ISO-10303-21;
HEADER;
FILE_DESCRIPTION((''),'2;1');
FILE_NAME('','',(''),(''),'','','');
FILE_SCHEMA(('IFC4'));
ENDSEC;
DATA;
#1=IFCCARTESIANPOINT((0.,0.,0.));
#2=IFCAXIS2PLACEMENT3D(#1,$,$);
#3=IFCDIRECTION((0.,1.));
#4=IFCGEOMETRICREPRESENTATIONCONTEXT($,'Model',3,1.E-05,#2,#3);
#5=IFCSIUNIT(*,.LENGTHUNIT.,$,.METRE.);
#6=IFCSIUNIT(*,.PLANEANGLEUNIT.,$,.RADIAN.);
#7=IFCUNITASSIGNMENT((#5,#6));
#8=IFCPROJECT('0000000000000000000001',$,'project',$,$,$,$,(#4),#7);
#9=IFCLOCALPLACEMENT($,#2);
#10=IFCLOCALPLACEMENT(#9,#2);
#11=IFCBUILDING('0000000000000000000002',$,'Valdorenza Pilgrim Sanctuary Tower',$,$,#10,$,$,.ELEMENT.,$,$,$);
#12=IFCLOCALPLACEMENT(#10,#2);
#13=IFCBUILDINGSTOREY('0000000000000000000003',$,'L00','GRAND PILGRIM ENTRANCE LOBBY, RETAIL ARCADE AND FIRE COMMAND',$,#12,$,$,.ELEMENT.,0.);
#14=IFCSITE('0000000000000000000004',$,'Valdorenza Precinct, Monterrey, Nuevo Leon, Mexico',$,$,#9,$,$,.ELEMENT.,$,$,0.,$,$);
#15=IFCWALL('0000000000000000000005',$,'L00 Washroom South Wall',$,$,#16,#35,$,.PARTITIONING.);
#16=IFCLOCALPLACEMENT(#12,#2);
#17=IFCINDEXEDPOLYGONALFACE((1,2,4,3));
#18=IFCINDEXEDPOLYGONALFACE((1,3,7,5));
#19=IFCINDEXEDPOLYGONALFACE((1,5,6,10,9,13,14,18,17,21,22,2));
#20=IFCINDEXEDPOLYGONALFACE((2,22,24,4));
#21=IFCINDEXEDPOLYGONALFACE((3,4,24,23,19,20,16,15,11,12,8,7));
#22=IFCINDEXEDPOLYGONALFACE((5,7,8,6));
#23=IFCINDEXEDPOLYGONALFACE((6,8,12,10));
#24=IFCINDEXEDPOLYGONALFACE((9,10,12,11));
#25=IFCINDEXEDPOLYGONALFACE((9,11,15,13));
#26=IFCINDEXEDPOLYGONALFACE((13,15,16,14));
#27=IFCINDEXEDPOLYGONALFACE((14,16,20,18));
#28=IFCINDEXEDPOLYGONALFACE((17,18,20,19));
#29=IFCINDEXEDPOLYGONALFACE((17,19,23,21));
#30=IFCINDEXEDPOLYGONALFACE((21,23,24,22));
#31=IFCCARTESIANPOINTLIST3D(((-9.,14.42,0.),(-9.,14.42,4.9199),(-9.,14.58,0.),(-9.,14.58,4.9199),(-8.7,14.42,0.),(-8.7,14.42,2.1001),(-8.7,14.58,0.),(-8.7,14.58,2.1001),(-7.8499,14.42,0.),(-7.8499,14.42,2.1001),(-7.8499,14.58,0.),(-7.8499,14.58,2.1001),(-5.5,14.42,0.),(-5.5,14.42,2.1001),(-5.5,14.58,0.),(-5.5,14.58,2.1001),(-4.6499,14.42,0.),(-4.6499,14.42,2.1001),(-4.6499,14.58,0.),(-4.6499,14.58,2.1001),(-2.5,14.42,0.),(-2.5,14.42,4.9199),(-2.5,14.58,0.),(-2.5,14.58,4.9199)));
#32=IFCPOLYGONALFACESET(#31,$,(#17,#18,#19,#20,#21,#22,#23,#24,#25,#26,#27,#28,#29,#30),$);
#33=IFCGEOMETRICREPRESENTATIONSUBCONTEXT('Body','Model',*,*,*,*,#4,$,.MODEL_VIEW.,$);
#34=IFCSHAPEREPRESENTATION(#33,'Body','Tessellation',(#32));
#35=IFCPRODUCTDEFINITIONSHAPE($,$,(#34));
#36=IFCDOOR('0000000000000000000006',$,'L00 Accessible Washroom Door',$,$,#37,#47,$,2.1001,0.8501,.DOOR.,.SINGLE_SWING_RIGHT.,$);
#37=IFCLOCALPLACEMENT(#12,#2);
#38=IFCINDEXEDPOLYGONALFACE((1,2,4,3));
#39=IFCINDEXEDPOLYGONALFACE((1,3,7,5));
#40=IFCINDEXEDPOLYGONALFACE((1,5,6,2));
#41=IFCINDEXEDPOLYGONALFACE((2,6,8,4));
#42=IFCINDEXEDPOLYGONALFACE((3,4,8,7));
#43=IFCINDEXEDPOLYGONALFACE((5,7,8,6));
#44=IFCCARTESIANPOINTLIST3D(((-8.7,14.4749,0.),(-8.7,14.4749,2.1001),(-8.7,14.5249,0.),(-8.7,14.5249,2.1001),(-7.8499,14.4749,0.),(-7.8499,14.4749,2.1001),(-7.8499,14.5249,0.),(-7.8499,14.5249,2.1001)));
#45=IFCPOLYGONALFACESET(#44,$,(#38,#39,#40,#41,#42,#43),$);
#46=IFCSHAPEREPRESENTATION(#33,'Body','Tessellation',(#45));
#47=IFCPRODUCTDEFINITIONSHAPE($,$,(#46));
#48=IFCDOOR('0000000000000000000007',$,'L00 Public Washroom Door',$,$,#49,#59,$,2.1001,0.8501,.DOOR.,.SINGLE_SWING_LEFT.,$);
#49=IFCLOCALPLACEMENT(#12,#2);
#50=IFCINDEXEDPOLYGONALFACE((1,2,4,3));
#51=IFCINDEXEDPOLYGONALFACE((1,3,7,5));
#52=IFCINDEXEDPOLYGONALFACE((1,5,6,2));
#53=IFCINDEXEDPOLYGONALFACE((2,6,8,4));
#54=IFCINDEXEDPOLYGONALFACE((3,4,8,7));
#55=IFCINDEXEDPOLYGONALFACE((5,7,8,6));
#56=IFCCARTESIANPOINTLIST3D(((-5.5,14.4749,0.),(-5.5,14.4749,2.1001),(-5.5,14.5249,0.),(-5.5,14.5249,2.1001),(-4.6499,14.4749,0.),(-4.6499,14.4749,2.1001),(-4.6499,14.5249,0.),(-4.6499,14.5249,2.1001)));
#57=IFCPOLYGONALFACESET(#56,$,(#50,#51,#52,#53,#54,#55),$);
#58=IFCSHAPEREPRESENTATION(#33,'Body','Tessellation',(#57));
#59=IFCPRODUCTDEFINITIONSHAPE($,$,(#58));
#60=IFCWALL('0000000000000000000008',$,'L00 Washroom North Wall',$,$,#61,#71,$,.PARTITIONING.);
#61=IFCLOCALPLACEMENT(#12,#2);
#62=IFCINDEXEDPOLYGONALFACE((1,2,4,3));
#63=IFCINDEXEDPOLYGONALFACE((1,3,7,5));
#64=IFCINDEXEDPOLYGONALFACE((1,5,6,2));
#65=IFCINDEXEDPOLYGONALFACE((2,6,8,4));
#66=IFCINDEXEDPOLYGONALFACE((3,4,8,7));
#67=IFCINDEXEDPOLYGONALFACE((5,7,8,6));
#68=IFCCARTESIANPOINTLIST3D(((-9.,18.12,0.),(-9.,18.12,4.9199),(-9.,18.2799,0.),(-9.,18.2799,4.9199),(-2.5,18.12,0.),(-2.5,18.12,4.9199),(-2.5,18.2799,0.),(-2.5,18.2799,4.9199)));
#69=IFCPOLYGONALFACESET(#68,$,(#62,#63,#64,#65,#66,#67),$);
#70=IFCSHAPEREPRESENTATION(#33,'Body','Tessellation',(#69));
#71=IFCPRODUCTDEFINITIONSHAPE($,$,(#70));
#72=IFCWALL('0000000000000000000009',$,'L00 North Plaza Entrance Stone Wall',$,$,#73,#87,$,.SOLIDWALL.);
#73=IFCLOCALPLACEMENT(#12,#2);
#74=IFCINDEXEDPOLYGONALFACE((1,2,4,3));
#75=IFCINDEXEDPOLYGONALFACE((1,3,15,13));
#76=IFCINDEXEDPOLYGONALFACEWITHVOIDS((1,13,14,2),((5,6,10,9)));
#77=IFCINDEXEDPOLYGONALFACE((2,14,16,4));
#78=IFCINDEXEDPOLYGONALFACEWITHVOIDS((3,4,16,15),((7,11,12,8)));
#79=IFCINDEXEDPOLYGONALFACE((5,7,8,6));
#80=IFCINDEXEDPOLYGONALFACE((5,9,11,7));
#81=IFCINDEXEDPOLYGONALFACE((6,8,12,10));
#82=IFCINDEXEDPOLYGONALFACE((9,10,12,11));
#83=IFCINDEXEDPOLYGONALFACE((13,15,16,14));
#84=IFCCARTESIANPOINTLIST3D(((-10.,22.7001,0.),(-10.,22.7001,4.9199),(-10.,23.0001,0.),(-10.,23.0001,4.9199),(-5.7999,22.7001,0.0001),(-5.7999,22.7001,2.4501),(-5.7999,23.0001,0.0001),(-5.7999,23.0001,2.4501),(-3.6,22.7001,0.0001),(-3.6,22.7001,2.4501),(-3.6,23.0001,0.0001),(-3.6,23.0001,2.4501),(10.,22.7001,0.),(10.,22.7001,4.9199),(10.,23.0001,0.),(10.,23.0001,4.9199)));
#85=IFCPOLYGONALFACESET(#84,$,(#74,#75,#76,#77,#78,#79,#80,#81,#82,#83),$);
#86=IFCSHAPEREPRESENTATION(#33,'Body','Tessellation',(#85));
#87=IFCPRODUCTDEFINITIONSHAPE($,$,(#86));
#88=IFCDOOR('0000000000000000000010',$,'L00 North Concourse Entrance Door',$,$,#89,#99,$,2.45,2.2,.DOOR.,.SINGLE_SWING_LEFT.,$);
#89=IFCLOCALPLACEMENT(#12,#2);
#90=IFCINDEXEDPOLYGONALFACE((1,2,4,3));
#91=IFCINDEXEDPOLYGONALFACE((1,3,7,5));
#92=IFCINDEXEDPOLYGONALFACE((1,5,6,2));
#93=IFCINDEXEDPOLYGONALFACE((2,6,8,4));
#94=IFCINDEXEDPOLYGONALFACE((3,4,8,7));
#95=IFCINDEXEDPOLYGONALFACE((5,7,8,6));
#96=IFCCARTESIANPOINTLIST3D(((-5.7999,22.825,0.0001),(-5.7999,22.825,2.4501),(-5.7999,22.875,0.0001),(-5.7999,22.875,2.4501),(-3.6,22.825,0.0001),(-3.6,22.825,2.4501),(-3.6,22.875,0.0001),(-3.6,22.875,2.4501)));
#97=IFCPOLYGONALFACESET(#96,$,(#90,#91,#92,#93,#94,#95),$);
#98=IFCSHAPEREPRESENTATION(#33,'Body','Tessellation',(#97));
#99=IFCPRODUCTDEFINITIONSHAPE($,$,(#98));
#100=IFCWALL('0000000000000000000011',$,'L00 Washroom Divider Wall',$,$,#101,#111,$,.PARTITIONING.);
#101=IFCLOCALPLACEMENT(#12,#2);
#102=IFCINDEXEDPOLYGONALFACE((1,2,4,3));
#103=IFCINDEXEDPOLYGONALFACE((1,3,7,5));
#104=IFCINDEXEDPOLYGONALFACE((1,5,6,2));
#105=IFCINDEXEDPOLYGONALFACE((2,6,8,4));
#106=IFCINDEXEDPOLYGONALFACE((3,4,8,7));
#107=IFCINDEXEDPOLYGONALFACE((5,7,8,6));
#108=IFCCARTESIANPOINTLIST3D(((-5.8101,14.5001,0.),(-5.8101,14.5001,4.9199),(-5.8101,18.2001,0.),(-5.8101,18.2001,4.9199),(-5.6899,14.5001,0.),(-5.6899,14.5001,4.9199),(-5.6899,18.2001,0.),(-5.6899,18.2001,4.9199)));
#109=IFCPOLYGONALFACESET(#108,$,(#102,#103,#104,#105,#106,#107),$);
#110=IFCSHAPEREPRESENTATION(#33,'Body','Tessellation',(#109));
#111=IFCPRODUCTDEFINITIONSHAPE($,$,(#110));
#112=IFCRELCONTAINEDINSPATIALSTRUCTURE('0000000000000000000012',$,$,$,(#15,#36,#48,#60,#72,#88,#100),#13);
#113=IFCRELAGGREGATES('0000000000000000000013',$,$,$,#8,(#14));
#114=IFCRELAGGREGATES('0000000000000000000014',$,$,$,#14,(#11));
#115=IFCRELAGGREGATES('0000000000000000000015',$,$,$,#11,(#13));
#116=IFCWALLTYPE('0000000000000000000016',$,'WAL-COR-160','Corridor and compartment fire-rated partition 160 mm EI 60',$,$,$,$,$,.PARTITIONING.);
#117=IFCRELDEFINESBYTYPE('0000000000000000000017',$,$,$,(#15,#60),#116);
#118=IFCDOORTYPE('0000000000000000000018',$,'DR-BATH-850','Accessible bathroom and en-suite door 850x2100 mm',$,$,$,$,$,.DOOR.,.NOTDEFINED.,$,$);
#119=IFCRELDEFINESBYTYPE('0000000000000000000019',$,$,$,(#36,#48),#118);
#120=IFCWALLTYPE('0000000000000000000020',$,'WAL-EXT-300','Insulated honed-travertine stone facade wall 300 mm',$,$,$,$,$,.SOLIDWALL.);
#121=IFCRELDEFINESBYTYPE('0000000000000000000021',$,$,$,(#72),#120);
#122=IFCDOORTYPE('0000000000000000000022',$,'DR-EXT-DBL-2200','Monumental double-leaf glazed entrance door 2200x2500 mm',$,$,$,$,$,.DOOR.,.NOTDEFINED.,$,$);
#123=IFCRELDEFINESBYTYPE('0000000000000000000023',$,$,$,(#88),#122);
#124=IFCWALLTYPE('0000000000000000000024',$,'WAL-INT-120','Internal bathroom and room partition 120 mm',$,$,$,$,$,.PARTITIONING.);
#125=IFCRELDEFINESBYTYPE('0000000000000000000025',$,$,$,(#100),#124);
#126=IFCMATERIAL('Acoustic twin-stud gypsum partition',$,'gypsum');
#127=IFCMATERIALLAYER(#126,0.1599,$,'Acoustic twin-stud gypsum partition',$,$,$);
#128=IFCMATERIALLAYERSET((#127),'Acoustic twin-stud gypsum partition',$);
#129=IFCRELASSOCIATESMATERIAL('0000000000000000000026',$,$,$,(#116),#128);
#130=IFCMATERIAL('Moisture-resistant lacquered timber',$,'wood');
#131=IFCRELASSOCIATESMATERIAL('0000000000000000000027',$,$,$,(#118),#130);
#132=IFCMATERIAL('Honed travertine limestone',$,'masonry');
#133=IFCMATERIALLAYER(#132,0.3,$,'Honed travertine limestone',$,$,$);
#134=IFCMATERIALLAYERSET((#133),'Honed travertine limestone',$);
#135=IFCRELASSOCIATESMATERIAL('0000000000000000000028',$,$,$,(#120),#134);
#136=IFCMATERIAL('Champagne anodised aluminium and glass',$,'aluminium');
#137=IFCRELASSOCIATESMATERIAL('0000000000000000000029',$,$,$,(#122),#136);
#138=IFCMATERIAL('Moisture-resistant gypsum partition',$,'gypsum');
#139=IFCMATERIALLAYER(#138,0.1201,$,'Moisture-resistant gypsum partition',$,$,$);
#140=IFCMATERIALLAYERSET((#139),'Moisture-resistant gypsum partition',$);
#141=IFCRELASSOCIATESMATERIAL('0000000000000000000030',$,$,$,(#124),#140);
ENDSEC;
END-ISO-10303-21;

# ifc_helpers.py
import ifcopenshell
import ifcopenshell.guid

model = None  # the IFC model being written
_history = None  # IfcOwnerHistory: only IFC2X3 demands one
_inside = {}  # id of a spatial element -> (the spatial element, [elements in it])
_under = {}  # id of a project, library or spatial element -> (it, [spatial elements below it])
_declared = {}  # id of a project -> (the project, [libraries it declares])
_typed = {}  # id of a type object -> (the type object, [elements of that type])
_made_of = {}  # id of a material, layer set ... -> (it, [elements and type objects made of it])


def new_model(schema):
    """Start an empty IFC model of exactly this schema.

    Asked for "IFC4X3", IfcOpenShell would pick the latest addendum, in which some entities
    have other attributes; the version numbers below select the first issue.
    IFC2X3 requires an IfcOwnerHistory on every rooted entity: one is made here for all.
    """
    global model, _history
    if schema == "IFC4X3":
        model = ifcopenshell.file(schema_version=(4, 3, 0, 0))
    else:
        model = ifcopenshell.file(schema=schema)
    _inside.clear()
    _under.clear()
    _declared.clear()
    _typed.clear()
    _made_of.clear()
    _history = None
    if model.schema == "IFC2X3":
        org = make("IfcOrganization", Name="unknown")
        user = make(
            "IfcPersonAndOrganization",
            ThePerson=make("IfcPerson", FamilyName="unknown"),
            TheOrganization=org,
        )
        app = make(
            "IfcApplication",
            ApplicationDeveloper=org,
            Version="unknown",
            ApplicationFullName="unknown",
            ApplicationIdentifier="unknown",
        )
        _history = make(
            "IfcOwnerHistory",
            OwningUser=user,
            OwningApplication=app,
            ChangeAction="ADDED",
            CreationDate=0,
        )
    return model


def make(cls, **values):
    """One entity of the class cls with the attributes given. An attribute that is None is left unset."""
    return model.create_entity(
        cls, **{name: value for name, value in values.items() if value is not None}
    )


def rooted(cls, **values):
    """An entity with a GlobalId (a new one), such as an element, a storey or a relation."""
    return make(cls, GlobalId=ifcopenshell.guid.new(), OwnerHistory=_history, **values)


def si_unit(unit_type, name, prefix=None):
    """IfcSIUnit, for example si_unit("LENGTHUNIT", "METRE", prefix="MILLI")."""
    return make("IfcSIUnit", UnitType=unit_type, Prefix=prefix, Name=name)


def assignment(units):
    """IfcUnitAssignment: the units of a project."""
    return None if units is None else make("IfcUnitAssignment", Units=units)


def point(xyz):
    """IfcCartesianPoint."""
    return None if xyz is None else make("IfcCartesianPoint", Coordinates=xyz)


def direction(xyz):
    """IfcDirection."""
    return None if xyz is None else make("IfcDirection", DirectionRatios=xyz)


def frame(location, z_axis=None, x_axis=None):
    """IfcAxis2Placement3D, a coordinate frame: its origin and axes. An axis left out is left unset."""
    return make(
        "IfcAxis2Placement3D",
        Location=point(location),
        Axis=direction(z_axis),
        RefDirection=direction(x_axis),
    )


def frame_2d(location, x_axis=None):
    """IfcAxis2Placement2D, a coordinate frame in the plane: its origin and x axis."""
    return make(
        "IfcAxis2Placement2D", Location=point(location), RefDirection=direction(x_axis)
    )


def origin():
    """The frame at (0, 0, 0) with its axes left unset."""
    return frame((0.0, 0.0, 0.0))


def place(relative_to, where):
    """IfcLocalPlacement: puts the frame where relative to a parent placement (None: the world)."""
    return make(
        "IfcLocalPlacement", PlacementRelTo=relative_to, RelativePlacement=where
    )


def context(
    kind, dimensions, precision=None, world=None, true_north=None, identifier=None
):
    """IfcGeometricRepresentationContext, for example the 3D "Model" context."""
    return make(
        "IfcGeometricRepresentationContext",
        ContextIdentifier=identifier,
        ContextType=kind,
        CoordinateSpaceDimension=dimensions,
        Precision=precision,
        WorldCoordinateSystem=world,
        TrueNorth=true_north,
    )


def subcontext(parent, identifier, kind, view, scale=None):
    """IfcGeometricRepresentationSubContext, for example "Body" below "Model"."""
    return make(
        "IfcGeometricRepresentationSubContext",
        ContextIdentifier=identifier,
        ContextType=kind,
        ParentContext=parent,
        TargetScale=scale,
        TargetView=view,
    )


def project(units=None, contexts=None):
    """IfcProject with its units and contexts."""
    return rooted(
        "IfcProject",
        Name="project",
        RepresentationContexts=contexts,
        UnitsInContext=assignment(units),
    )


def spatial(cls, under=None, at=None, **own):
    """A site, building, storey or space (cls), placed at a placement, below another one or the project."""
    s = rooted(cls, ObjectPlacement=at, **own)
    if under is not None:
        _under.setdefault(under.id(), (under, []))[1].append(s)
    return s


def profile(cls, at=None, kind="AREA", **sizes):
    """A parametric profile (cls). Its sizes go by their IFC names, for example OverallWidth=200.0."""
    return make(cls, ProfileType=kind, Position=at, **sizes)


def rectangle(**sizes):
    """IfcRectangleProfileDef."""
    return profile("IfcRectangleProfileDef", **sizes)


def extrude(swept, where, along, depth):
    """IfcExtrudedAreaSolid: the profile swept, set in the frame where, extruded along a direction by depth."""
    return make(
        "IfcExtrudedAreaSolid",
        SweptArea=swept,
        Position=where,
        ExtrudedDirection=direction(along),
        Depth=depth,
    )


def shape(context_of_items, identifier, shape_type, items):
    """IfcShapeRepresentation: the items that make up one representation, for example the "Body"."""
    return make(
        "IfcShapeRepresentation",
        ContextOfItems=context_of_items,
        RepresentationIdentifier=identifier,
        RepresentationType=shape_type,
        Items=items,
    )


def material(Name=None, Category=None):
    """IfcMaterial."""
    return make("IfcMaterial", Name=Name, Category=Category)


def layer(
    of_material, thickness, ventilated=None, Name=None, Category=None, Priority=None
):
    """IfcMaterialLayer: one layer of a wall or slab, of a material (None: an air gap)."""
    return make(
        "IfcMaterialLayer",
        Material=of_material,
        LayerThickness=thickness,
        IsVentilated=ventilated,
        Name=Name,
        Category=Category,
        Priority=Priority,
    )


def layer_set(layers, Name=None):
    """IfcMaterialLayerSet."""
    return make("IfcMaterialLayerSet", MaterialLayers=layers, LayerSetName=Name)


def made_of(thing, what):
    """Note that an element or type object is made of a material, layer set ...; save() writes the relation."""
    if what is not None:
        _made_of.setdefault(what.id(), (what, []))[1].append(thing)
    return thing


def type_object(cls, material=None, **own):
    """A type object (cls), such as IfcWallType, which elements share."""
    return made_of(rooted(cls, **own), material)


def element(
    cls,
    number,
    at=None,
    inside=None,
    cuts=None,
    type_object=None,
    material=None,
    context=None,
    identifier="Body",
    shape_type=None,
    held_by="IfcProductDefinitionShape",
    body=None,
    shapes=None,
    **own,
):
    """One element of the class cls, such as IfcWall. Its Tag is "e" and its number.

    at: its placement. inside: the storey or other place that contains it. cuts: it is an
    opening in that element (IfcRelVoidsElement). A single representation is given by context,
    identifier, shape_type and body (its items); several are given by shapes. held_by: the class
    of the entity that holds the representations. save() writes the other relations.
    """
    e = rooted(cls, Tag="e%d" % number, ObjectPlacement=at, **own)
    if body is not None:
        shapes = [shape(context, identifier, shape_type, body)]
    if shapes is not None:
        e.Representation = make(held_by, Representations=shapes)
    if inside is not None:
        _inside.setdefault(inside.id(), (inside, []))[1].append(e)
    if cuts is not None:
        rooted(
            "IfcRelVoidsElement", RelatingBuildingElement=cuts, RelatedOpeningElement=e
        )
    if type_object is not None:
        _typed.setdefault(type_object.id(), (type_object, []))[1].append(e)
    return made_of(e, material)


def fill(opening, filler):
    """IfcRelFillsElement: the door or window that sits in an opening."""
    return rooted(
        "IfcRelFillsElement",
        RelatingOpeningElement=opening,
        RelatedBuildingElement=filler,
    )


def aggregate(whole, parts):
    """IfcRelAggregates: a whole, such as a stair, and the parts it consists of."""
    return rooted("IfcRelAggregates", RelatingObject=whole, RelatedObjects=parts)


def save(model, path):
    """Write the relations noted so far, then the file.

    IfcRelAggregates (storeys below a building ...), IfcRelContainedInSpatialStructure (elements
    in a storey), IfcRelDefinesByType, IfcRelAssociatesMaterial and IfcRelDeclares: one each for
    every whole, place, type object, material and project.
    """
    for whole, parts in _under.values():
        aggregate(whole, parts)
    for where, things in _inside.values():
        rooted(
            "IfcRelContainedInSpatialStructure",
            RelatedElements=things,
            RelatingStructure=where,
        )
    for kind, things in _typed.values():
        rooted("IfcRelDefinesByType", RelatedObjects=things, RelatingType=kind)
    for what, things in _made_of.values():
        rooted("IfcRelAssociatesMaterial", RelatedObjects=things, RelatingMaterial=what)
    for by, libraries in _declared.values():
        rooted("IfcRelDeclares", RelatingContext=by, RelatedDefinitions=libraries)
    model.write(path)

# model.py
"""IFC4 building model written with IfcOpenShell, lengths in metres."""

from ifc_helpers import new_model, si_unit, direction, frame, frame_2d, origin, place, context, subcontext, project, spatial, rectangle, extrude, material, layer, layer_set, type_object, element, fill, save


model = new_model("IFC4")

# Units and contexts
model_context = context("Model", 3, precision=1e-05, world=origin(), true_north=direction((0.0, 1.0)))
body_context = subcontext(model_context, "Body", "Model", "MODEL_VIEW")
ifc_project = project(units=[si_unit("LENGTHUNIT", "METRE"), si_unit("PLANEANGLEUNIT", "RADIAN")], contexts=[model_context])

# Site, building, storey
site_placement = place(None, origin())
site = spatial("IfcSite", under=ifc_project, at=site_placement, Name="Valdorenza Precinct, Monterrey, Nuevo Leon, Mexico", CompositionType="ELEMENT", RefElevation=0.0)
building_placement = place(site_placement, origin())
building = spatial("IfcBuilding", under=site, at=building_placement, Name="Valdorenza Pilgrim Sanctuary Tower", CompositionType="ELEMENT")
storey_placement = place(building_placement, origin())
storey = spatial("IfcBuildingStorey", under=building, at=storey_placement, Name="L00", Description="GRAND PILGRIM ENTRANCE LOBBY, RETAIL ARCADE AND FIRE COMMAND", CompositionType="ELEMENT", Elevation=0.0)

# Shared definitions
ifc_material_1 = material(Name="Acoustic twin-stud gypsum partition", Category="gypsum")
ifc_layer_1 = layer(ifc_material_1, 0.1599, Name="Acoustic twin-stud gypsum partition")
ifc_layer_set_1 = layer_set([ifc_layer_1], Name="Acoustic twin-stud gypsum partition")
wall_type_1 = type_object("IfcWallType", Name="WAL-COR-160", Description="Corridor and compartment fire-rated partition 160 mm EI 60", PredefinedType="PARTITIONING", material=ifc_layer_set_1)

# Wall, openings, doors
wall_1_placement = place(storey_placement, frame((-9.0, 14.5, 0.0), z_axis=(0.0, 0.0, 1.0), x_axis=(1.0, 0.0, 0.0)))
wall_1 = element("IfcWall", 1, at=wall_1_placement, inside=storey, type_object=wall_type_1, Name="L00 Washroom South Wall", PredefinedType="PARTITIONING", context=body_context, shape_type="SweptSolid", body=[
    extrude(rectangle(XDim=6.5, YDim=0.1599, at=frame_2d((3.25, 0.0))), origin(), (0.0, 0.0, 1.0), 4.9199),
])
opening_1_placement = place(wall_1_placement, frame((0.3, 0.0, 0.0)))
opening_1 = element("IfcOpeningElement", 2, at=opening_1_placement, cuts=wall_1, PredefinedType="OPENING", context=body_context, shape_type="SweptSolid", body=[
    extrude(rectangle(XDim=0.8501, YDim=2.1001, at=frame_2d((0.425, 1.05))), frame((0.0, 0.0947, 0.0), z_axis=(0.0, -1.0, 0.0), x_axis=(1.0, 0.0, 0.0)), (0.0, 0.0, 1.0), 0.1897),
])
opening_2_placement = place(wall_1_placement, frame((3.5, 0.0, 0.0)))
opening_2 = element("IfcOpeningElement", 3, at=opening_2_placement, cuts=wall_1, PredefinedType="OPENING", context=body_context, shape_type="SweptSolid", body=[
    extrude(rectangle(XDim=0.8501, YDim=2.1001, at=frame_2d((0.425, 1.05))), frame((0.0, 0.0947, 0.0), z_axis=(0.0, -1.0, 0.0), x_axis=(1.0, 0.0, 0.0)), (0.0, 0.0, 1.0), 0.1897),
])
ifc_material_2 = material(Name="Moisture-resistant lacquered timber", Category="wood")
door_type_1 = type_object("IfcDoorType", Name="DR-BATH-850", Description="Accessible bathroom and en-suite door 850x2100 mm", OperationType="NOTDEFINED", PredefinedType="DOOR", material=ifc_material_2)
door_1_placement = place(opening_1_placement, origin())
door_1 = element("IfcDoor", 4, at=door_1_placement, inside=storey, type_object=door_type_1, Name="L00 Accessible Washroom Door", OperationType="SINGLE_SWING_RIGHT", OverallHeight=2.1001, OverallWidth=0.8501, PredefinedType="DOOR", context=body_context, shape_type="SweptSolid", body=[
    extrude(rectangle(XDim=0.8501, YDim=2.1001, at=frame_2d((0.425, 1.05))), frame((0.0, 0.0249, 0.0), z_axis=(0.0, -1.0, 0.0), x_axis=(1.0, 0.0, 0.0)), (0.0, 0.0, 1.0), 0.05),
])
fill(opening_1, door_1)
door_2_placement = place(opening_2_placement, origin())
door_2 = element("IfcDoor", 5, at=door_2_placement, inside=storey, type_object=door_type_1, Name="L00 Public Washroom Door", OperationType="SINGLE_SWING_LEFT", OverallHeight=2.1001, OverallWidth=0.8501, PredefinedType="DOOR", context=body_context, shape_type="SweptSolid", body=[
    extrude(rectangle(XDim=0.8501, YDim=2.1001, at=frame_2d((0.425, 1.05))), frame((0.0, 0.0249, 0.0), z_axis=(0.0, -1.0, 0.0), x_axis=(1.0, 0.0, 0.0)), (0.0, 0.0, 1.0), 0.05),
])
fill(opening_2, door_2)

# Wall
wall_2_placement = place(storey_placement, frame((-9.0, 18.2, 0.0), z_axis=(0.0, 0.0, 1.0), x_axis=(1.0, 0.0, 0.0)))
element("IfcWall", 6, at=wall_2_placement, inside=storey, type_object=wall_type_1, Name="L00 Washroom North Wall", PredefinedType="PARTITIONING", context=body_context, shape_type="SweptSolid", body=[
    extrude(rectangle(XDim=6.5, YDim=0.1599, at=frame_2d((3.25, 0.0))), origin(), (0.0, 0.0, 1.0), 4.9199),
])

# Wall, opening, door
ifc_material_3 = material(Name="Honed travertine limestone", Category="masonry")
ifc_layer_2 = layer(ifc_material_3, 0.3, Name="Honed travertine limestone")
ifc_layer_set_2 = layer_set([ifc_layer_2], Name="Honed travertine limestone")
wall_type_2 = type_object("IfcWallType", Name="WAL-EXT-300", Description="Insulated honed-travertine stone facade wall 300 mm", PredefinedType="SOLIDWALL", material=ifc_layer_set_2)
wall_3_placement = place(storey_placement, frame((-10.0, 22.8501, 0.0), z_axis=(0.0, 0.0, 1.0), x_axis=(1.0, 0.0, 0.0)))
wall_3 = element("IfcWall", 7, at=wall_3_placement, inside=storey, type_object=wall_type_2, Name="L00 North Plaza Entrance Stone Wall", PredefinedType="SOLIDWALL", context=body_context, shape_type="SweptSolid", body=[
    extrude(rectangle(XDim=20.0, YDim=0.3, at=frame_2d((10.0, 0.0))), origin(), (0.0, 0.0, 1.0), 4.9199),
])
opening_3_placement = place(wall_3_placement, frame((4.2, 0.0, 0.0)))
opening_3 = element("IfcOpeningElement", 8, at=opening_3_placement, cuts=wall_3, PredefinedType="OPENING", context=body_context, shape_type="SweptSolid", body=[
    extrude(rectangle(XDim=2.2, YDim=2.45, at=frame_2d((1.1001, 1.2251))), frame((0.0, 0.165, 0.0), z_axis=(0.0, -1.0, 0.0), x_axis=(1.0, 0.0, 0.0)), (0.0, 0.0, 1.0), 0.3298),
])
ifc_material_4 = material(Name="Champagne anodised aluminium and glass", Category="aluminium")
door_type_2 = type_object("IfcDoorType", Name="DR-EXT-DBL-2200", Description="Monumental double-leaf glazed entrance door 2200x2500 mm", OperationType="NOTDEFINED", PredefinedType="DOOR", material=ifc_material_4)
door_3_placement = place(opening_3_placement, origin())
door_3 = element("IfcDoor", 9, at=door_3_placement, inside=storey, type_object=door_type_2, Name="L00 North Concourse Entrance Door", OperationType="SINGLE_SWING_LEFT", OverallHeight=2.45, OverallWidth=2.2, PredefinedType="DOOR", context=body_context, shape_type="SweptSolid", body=[
    extrude(rectangle(XDim=2.2, YDim=2.45, at=frame_2d((1.1001, 1.2251))), frame((0.0, 0.0249, 0.0), z_axis=(0.0, -1.0, 0.0), x_axis=(1.0, 0.0, 0.0)), (0.0, 0.0, 1.0), 0.05),
])
fill(opening_3, door_3)

# Wall
ifc_material_5 = material(Name="Moisture-resistant gypsum partition", Category="gypsum")
ifc_layer_3 = layer(ifc_material_5, 0.1201, Name="Moisture-resistant gypsum partition")
ifc_layer_set_3 = layer_set([ifc_layer_3], Name="Moisture-resistant gypsum partition")
wall_type_3 = type_object("IfcWallType", Name="WAL-INT-120", Description="Internal bathroom and room partition 120 mm", PredefinedType="PARTITIONING", material=ifc_layer_set_3)
wall_4_placement = place(storey_placement, frame((-5.75, 14.5, 0.0), z_axis=(0.0, 0.0, 1.0), x_axis=(0.0, 1.0, 0.0)))
element("IfcWall", 10, at=wall_4_placement, inside=storey, type_object=wall_type_3, Name="L00 Washroom Divider Wall", PredefinedType="PARTITIONING", context=body_context, shape_type="SweptSolid", body=[
    extrude(rectangle(XDim=3.7, YDim=0.1201, at=frame_2d((1.8501, 0.0))), origin(), (0.0, 0.0, 1.0), 4.9199),
])

save(model, "model.ifc")
